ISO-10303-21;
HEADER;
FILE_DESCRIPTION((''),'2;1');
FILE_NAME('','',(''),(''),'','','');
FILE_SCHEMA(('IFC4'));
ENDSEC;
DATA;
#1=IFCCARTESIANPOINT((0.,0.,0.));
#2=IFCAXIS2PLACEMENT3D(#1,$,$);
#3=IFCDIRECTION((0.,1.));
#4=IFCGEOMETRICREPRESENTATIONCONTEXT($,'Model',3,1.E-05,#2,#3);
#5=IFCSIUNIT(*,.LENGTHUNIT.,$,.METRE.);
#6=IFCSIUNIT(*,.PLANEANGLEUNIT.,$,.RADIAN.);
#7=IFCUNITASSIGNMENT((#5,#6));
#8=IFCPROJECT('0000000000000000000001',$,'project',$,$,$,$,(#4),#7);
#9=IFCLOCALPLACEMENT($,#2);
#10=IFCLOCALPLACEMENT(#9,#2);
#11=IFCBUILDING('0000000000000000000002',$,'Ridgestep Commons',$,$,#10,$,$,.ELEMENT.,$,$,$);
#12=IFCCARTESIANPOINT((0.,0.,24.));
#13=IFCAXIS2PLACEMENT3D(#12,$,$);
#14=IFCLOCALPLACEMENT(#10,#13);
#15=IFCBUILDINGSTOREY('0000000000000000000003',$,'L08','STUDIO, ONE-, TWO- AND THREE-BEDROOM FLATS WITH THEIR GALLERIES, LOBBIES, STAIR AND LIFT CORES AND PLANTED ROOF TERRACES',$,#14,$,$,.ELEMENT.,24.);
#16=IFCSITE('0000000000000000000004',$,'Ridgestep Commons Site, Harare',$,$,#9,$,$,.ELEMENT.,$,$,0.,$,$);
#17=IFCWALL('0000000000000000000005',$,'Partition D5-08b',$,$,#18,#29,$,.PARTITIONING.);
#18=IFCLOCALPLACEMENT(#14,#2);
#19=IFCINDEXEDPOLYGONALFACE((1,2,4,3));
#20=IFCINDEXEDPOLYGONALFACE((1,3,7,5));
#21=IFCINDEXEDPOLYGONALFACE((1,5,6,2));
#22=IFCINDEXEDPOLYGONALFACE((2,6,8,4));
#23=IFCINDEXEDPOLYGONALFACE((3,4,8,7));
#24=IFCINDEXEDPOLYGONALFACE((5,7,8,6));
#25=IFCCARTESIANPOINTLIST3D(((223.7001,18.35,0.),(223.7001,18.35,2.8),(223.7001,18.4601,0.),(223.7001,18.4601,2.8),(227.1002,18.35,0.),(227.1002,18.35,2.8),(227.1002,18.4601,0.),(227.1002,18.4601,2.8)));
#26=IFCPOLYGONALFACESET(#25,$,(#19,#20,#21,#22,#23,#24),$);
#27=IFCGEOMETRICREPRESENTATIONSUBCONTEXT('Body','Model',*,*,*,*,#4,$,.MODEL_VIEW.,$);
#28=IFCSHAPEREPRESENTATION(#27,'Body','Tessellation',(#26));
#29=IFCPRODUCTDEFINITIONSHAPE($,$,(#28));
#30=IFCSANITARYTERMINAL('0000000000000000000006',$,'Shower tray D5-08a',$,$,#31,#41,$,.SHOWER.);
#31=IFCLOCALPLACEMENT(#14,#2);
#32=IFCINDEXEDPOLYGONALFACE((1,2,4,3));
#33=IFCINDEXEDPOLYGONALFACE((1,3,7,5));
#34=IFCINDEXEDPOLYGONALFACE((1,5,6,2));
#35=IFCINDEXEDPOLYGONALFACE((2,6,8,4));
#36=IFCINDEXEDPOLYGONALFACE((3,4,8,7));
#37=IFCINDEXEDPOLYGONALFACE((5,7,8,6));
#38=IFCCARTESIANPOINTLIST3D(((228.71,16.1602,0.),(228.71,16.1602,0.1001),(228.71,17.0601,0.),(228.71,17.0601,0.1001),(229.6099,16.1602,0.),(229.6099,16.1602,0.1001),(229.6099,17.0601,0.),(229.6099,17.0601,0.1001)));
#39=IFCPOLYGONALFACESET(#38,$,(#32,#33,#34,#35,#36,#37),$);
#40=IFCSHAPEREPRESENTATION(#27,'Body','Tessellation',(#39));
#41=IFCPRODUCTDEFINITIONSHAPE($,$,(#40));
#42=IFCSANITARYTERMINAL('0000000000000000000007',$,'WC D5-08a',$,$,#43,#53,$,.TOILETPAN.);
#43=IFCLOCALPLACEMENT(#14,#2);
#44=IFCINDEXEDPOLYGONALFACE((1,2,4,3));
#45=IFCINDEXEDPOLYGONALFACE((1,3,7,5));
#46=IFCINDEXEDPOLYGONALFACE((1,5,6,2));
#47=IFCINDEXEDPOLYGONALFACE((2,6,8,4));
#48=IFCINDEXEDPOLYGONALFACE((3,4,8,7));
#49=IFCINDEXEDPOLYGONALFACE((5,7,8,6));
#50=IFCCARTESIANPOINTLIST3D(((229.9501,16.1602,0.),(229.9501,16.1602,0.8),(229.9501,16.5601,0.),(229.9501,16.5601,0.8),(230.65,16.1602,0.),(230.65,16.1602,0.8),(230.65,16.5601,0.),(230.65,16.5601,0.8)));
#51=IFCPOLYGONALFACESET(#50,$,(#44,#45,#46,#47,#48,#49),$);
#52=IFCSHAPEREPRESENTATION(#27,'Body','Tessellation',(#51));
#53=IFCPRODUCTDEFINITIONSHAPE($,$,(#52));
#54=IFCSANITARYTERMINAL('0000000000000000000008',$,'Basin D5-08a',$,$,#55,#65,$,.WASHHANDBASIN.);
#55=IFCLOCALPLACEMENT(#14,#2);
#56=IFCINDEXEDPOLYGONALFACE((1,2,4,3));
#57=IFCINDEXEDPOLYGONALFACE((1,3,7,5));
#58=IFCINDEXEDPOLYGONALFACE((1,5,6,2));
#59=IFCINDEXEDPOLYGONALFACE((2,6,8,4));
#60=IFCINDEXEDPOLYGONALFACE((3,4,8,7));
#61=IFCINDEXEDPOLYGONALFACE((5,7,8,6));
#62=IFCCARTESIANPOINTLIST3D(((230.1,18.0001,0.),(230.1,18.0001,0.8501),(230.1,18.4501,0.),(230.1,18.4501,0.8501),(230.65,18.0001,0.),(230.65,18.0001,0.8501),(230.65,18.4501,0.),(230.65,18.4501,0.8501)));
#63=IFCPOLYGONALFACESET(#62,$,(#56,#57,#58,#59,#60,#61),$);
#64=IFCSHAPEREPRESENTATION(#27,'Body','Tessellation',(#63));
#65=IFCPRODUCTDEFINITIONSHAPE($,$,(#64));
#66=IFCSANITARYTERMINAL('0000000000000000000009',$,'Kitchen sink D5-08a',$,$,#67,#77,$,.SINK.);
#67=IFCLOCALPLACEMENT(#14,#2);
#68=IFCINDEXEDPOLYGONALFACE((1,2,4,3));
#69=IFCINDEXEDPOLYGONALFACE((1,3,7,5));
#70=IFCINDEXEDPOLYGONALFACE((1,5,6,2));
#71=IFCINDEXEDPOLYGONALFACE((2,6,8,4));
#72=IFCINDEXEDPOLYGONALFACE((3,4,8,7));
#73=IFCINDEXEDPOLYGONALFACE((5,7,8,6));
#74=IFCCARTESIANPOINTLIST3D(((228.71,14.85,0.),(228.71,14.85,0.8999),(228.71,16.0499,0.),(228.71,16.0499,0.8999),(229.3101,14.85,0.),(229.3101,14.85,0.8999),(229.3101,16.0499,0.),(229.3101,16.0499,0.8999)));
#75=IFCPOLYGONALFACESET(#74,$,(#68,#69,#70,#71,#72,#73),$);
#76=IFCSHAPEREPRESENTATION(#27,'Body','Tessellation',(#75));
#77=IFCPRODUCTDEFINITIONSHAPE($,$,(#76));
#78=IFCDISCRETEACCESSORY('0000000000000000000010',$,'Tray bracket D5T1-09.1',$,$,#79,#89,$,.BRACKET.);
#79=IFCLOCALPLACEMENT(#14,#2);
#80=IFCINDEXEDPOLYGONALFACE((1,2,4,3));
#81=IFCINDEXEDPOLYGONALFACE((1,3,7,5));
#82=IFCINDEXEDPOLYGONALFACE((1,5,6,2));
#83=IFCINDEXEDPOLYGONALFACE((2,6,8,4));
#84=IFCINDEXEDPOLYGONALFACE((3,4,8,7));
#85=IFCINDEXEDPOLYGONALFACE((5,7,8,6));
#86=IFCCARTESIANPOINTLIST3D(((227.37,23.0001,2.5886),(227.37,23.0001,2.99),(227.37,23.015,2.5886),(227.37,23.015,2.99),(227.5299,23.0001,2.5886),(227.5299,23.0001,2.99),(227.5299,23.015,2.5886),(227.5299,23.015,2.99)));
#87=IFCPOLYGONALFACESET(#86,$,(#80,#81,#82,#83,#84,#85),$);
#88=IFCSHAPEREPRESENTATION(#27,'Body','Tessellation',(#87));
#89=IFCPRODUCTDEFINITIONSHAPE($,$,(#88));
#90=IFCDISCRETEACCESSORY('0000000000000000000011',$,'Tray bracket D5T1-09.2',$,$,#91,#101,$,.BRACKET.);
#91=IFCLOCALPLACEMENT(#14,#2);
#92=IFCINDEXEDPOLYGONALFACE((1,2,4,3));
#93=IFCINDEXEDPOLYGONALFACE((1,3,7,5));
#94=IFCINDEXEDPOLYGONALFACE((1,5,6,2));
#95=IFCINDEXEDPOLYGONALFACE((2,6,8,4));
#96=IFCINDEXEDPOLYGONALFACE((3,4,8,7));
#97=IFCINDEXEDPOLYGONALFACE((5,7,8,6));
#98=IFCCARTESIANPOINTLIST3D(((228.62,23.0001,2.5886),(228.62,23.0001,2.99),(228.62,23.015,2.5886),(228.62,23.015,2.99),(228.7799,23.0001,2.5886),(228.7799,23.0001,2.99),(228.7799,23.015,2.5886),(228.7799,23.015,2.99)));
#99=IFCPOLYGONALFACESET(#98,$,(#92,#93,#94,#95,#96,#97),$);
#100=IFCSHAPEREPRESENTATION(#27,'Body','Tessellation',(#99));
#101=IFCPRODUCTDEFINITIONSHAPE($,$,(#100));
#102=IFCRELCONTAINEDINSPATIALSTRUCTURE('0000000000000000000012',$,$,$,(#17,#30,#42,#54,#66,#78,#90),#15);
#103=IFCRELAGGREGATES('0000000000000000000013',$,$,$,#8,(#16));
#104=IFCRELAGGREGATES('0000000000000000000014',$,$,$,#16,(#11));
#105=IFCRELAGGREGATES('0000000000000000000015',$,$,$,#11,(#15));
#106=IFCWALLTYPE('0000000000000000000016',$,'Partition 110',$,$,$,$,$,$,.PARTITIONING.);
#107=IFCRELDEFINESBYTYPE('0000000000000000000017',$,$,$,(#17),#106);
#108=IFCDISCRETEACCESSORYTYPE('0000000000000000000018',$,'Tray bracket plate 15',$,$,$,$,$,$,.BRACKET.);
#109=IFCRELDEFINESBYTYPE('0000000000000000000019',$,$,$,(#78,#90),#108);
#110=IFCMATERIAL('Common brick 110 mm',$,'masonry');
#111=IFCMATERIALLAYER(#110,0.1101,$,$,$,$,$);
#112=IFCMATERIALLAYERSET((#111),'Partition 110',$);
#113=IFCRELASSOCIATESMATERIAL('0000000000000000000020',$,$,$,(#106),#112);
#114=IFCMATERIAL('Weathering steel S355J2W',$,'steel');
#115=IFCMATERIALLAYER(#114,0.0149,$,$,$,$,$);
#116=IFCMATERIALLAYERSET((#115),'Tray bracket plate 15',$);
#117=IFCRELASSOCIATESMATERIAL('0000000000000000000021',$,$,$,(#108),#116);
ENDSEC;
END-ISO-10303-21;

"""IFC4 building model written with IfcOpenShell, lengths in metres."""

from ifc_helpers import new_model, si_unit, direction, frame, frame_2d, origin, origin_2d, place, context, subcontext, project, spatial, rectangle, extrude, material, layer, layer_set, type_object, element, save


model = new_model("IFC4")

# Units and contexts
model_context = context("Model", 3, precision=1e-05, world=origin(), true_north=direction((0.0, 1.0)))
body_context = subcontext(model_context, "Body", "Model", "MODEL_VIEW")
ifc_project = project(units=[si_unit("LENGTHUNIT", "METRE"), si_unit("PLANEANGLEUNIT", "RADIAN")], contexts=[model_context])

# Site, building, storey
site_placement = place(None, origin())
site = spatial("IfcSite", under=ifc_project, at=site_placement, Name="Ridgestep Commons Site, Harare", CompositionType="ELEMENT", RefElevation=0.0)
building_placement = place(site_placement, origin())
building = spatial("IfcBuilding", under=site, at=building_placement, Name="Ridgestep Commons", CompositionType="ELEMENT")
storey_placement = place(building_placement, frame((0.0, 0.0, 24.0)))
storey = spatial("IfcBuildingStorey", under=building, at=storey_placement, Name="L08", Description="STUDIO, ONE-, TWO- AND THREE-BEDROOM FLATS WITH THEIR GALLERIES, LOBBIES, STAIR AND LIFT CORES AND PLANTED ROOF TERRACES", CompositionType="ELEMENT", Elevation=24.0)

# Shared definitions
ifc_material_1 = material(Name="Common brick 110 mm", Category="masonry")
ifc_layer_1 = layer(ifc_material_1, 0.1101)
ifc_layer_set_1 = layer_set([ifc_layer_1], Name="Partition 110")
wall_type_1 = type_object("IfcWallType", Name="Partition 110", PredefinedType="PARTITIONING", material=ifc_layer_set_1)

# Wall
wall_1_placement = place(storey_placement, frame((223.7, 18.405, 0.0), z_axis=(0.0, 0.0, 1.0), x_axis=(1.0, 0.0, 0.0)))
element("IfcWall", 1, at=wall_1_placement, inside=storey, type_object=wall_type_1, Name="Partition D5-08b", PredefinedType="PARTITIONING", context=body_context, shape_type="SweptSolid", body=[
    extrude(rectangle(XDim=3.4001, YDim=0.1101, at=frame_2d((1.7002, 0.0))), origin(), (0.0, 0.0, 1.0), 2.8),
])

# Sanitary terminals
sanitary_terminal_1_placement = place(storey_placement, frame((229.1599, 16.6101, 0.0), z_axis=(0.0, 0.0, 1.0), x_axis=(1.0, 0.0, 0.0)))
element("IfcSanitaryTerminal", 2, at=sanitary_terminal_1_placement, inside=storey, Name="Shower tray D5-08a", PredefinedType="SHOWER", context=body_context, shape_type="SweptSolid", body=[
    extrude(rectangle(XDim=0.8999, YDim=0.8999, at=origin_2d()), origin(), (0.0, 0.0, 1.0), 0.1001),
])
sanitary_terminal_2_placement = place(storey_placement, frame((230.3, 16.3601, 0.0), z_axis=(0.0, 0.0, 1.0), x_axis=(1.0, 0.0, 0.0)))
element("IfcSanitaryTerminal", 3, at=sanitary_terminal_2_placement, inside=storey, Name="WC D5-08a", PredefinedType="TOILETPAN", context=body_context, shape_type="SweptSolid", body=[
    extrude(rectangle(XDim=0.7, YDim=0.3999, at=origin_2d()), origin(), (0.0, 0.0, 1.0), 0.8),
])
sanitary_terminal_3_placement = place(storey_placement, frame((230.375, 18.2251, 0.0), z_axis=(0.0, 0.0, 1.0), x_axis=(1.0, 0.0, 0.0)))
element("IfcSanitaryTerminal", 4, at=sanitary_terminal_3_placement, inside=storey, Name="Basin D5-08a", PredefinedType="WASHHANDBASIN", context=body_context, shape_type="SweptSolid", body=[
    extrude(rectangle(XDim=0.55, YDim=0.45, at=origin_2d()), origin(), (0.0, 0.0, 1.0), 0.8501),
])
sanitary_terminal_4_placement = place(storey_placement, frame((229.01, 15.45, 0.0), z_axis=(0.0, 0.0, 1.0), x_axis=(1.0, 0.0, 0.0)))
element("IfcSanitaryTerminal", 5, at=sanitary_terminal_4_placement, inside=storey, Name="Kitchen sink D5-08a", PredefinedType="SINK", context=body_context, shape_type="SweptSolid", body=[
    extrude(rectangle(XDim=0.6001, YDim=1.2, at=origin_2d()), origin(), (0.0, 0.0, 1.0), 0.8999),
])

# Discrete accessories
ifc_material_2 = material(Name="Weathering steel S355J2W", Category="steel")
ifc_layer_2 = layer(ifc_material_2, 0.0149)
ifc_layer_set_2 = layer_set([ifc_layer_2], Name="Tray bracket plate 15")
discrete_accessory_type = type_object("IfcDiscreteAccessoryType", Name="Tray bracket plate 15", PredefinedType="BRACKET", material=ifc_layer_set_2)
for number, where, z_axis, x_axis, name in (
    (6, (227.45, 23.0076, 2.5886), (0.0, 0.0, 1.0), (1.0, 0.0, 0.0), "Tray bracket D5T1-09.1"),
    (7, (228.7, 23.0076, 2.5886), (0.0, 0.0, 1.0), (1.0, 0.0, 0.0), "Tray bracket D5T1-09.2"),
):
    element("IfcDiscreteAccessory", number, at=place(storey_placement, frame(where, z_axis=z_axis, x_axis=x_axis)), inside=storey, type_object=discrete_accessory_type, Name=name, PredefinedType="BRACKET", context=body_context, shape_type="SweptSolid", body=[
        extrude(rectangle(XDim=0.1599, YDim=0.0149, at=origin_2d()), origin(), (0.0, 0.0, 1.0), 0.4014),
    ])

save(model, "model.ifc")
